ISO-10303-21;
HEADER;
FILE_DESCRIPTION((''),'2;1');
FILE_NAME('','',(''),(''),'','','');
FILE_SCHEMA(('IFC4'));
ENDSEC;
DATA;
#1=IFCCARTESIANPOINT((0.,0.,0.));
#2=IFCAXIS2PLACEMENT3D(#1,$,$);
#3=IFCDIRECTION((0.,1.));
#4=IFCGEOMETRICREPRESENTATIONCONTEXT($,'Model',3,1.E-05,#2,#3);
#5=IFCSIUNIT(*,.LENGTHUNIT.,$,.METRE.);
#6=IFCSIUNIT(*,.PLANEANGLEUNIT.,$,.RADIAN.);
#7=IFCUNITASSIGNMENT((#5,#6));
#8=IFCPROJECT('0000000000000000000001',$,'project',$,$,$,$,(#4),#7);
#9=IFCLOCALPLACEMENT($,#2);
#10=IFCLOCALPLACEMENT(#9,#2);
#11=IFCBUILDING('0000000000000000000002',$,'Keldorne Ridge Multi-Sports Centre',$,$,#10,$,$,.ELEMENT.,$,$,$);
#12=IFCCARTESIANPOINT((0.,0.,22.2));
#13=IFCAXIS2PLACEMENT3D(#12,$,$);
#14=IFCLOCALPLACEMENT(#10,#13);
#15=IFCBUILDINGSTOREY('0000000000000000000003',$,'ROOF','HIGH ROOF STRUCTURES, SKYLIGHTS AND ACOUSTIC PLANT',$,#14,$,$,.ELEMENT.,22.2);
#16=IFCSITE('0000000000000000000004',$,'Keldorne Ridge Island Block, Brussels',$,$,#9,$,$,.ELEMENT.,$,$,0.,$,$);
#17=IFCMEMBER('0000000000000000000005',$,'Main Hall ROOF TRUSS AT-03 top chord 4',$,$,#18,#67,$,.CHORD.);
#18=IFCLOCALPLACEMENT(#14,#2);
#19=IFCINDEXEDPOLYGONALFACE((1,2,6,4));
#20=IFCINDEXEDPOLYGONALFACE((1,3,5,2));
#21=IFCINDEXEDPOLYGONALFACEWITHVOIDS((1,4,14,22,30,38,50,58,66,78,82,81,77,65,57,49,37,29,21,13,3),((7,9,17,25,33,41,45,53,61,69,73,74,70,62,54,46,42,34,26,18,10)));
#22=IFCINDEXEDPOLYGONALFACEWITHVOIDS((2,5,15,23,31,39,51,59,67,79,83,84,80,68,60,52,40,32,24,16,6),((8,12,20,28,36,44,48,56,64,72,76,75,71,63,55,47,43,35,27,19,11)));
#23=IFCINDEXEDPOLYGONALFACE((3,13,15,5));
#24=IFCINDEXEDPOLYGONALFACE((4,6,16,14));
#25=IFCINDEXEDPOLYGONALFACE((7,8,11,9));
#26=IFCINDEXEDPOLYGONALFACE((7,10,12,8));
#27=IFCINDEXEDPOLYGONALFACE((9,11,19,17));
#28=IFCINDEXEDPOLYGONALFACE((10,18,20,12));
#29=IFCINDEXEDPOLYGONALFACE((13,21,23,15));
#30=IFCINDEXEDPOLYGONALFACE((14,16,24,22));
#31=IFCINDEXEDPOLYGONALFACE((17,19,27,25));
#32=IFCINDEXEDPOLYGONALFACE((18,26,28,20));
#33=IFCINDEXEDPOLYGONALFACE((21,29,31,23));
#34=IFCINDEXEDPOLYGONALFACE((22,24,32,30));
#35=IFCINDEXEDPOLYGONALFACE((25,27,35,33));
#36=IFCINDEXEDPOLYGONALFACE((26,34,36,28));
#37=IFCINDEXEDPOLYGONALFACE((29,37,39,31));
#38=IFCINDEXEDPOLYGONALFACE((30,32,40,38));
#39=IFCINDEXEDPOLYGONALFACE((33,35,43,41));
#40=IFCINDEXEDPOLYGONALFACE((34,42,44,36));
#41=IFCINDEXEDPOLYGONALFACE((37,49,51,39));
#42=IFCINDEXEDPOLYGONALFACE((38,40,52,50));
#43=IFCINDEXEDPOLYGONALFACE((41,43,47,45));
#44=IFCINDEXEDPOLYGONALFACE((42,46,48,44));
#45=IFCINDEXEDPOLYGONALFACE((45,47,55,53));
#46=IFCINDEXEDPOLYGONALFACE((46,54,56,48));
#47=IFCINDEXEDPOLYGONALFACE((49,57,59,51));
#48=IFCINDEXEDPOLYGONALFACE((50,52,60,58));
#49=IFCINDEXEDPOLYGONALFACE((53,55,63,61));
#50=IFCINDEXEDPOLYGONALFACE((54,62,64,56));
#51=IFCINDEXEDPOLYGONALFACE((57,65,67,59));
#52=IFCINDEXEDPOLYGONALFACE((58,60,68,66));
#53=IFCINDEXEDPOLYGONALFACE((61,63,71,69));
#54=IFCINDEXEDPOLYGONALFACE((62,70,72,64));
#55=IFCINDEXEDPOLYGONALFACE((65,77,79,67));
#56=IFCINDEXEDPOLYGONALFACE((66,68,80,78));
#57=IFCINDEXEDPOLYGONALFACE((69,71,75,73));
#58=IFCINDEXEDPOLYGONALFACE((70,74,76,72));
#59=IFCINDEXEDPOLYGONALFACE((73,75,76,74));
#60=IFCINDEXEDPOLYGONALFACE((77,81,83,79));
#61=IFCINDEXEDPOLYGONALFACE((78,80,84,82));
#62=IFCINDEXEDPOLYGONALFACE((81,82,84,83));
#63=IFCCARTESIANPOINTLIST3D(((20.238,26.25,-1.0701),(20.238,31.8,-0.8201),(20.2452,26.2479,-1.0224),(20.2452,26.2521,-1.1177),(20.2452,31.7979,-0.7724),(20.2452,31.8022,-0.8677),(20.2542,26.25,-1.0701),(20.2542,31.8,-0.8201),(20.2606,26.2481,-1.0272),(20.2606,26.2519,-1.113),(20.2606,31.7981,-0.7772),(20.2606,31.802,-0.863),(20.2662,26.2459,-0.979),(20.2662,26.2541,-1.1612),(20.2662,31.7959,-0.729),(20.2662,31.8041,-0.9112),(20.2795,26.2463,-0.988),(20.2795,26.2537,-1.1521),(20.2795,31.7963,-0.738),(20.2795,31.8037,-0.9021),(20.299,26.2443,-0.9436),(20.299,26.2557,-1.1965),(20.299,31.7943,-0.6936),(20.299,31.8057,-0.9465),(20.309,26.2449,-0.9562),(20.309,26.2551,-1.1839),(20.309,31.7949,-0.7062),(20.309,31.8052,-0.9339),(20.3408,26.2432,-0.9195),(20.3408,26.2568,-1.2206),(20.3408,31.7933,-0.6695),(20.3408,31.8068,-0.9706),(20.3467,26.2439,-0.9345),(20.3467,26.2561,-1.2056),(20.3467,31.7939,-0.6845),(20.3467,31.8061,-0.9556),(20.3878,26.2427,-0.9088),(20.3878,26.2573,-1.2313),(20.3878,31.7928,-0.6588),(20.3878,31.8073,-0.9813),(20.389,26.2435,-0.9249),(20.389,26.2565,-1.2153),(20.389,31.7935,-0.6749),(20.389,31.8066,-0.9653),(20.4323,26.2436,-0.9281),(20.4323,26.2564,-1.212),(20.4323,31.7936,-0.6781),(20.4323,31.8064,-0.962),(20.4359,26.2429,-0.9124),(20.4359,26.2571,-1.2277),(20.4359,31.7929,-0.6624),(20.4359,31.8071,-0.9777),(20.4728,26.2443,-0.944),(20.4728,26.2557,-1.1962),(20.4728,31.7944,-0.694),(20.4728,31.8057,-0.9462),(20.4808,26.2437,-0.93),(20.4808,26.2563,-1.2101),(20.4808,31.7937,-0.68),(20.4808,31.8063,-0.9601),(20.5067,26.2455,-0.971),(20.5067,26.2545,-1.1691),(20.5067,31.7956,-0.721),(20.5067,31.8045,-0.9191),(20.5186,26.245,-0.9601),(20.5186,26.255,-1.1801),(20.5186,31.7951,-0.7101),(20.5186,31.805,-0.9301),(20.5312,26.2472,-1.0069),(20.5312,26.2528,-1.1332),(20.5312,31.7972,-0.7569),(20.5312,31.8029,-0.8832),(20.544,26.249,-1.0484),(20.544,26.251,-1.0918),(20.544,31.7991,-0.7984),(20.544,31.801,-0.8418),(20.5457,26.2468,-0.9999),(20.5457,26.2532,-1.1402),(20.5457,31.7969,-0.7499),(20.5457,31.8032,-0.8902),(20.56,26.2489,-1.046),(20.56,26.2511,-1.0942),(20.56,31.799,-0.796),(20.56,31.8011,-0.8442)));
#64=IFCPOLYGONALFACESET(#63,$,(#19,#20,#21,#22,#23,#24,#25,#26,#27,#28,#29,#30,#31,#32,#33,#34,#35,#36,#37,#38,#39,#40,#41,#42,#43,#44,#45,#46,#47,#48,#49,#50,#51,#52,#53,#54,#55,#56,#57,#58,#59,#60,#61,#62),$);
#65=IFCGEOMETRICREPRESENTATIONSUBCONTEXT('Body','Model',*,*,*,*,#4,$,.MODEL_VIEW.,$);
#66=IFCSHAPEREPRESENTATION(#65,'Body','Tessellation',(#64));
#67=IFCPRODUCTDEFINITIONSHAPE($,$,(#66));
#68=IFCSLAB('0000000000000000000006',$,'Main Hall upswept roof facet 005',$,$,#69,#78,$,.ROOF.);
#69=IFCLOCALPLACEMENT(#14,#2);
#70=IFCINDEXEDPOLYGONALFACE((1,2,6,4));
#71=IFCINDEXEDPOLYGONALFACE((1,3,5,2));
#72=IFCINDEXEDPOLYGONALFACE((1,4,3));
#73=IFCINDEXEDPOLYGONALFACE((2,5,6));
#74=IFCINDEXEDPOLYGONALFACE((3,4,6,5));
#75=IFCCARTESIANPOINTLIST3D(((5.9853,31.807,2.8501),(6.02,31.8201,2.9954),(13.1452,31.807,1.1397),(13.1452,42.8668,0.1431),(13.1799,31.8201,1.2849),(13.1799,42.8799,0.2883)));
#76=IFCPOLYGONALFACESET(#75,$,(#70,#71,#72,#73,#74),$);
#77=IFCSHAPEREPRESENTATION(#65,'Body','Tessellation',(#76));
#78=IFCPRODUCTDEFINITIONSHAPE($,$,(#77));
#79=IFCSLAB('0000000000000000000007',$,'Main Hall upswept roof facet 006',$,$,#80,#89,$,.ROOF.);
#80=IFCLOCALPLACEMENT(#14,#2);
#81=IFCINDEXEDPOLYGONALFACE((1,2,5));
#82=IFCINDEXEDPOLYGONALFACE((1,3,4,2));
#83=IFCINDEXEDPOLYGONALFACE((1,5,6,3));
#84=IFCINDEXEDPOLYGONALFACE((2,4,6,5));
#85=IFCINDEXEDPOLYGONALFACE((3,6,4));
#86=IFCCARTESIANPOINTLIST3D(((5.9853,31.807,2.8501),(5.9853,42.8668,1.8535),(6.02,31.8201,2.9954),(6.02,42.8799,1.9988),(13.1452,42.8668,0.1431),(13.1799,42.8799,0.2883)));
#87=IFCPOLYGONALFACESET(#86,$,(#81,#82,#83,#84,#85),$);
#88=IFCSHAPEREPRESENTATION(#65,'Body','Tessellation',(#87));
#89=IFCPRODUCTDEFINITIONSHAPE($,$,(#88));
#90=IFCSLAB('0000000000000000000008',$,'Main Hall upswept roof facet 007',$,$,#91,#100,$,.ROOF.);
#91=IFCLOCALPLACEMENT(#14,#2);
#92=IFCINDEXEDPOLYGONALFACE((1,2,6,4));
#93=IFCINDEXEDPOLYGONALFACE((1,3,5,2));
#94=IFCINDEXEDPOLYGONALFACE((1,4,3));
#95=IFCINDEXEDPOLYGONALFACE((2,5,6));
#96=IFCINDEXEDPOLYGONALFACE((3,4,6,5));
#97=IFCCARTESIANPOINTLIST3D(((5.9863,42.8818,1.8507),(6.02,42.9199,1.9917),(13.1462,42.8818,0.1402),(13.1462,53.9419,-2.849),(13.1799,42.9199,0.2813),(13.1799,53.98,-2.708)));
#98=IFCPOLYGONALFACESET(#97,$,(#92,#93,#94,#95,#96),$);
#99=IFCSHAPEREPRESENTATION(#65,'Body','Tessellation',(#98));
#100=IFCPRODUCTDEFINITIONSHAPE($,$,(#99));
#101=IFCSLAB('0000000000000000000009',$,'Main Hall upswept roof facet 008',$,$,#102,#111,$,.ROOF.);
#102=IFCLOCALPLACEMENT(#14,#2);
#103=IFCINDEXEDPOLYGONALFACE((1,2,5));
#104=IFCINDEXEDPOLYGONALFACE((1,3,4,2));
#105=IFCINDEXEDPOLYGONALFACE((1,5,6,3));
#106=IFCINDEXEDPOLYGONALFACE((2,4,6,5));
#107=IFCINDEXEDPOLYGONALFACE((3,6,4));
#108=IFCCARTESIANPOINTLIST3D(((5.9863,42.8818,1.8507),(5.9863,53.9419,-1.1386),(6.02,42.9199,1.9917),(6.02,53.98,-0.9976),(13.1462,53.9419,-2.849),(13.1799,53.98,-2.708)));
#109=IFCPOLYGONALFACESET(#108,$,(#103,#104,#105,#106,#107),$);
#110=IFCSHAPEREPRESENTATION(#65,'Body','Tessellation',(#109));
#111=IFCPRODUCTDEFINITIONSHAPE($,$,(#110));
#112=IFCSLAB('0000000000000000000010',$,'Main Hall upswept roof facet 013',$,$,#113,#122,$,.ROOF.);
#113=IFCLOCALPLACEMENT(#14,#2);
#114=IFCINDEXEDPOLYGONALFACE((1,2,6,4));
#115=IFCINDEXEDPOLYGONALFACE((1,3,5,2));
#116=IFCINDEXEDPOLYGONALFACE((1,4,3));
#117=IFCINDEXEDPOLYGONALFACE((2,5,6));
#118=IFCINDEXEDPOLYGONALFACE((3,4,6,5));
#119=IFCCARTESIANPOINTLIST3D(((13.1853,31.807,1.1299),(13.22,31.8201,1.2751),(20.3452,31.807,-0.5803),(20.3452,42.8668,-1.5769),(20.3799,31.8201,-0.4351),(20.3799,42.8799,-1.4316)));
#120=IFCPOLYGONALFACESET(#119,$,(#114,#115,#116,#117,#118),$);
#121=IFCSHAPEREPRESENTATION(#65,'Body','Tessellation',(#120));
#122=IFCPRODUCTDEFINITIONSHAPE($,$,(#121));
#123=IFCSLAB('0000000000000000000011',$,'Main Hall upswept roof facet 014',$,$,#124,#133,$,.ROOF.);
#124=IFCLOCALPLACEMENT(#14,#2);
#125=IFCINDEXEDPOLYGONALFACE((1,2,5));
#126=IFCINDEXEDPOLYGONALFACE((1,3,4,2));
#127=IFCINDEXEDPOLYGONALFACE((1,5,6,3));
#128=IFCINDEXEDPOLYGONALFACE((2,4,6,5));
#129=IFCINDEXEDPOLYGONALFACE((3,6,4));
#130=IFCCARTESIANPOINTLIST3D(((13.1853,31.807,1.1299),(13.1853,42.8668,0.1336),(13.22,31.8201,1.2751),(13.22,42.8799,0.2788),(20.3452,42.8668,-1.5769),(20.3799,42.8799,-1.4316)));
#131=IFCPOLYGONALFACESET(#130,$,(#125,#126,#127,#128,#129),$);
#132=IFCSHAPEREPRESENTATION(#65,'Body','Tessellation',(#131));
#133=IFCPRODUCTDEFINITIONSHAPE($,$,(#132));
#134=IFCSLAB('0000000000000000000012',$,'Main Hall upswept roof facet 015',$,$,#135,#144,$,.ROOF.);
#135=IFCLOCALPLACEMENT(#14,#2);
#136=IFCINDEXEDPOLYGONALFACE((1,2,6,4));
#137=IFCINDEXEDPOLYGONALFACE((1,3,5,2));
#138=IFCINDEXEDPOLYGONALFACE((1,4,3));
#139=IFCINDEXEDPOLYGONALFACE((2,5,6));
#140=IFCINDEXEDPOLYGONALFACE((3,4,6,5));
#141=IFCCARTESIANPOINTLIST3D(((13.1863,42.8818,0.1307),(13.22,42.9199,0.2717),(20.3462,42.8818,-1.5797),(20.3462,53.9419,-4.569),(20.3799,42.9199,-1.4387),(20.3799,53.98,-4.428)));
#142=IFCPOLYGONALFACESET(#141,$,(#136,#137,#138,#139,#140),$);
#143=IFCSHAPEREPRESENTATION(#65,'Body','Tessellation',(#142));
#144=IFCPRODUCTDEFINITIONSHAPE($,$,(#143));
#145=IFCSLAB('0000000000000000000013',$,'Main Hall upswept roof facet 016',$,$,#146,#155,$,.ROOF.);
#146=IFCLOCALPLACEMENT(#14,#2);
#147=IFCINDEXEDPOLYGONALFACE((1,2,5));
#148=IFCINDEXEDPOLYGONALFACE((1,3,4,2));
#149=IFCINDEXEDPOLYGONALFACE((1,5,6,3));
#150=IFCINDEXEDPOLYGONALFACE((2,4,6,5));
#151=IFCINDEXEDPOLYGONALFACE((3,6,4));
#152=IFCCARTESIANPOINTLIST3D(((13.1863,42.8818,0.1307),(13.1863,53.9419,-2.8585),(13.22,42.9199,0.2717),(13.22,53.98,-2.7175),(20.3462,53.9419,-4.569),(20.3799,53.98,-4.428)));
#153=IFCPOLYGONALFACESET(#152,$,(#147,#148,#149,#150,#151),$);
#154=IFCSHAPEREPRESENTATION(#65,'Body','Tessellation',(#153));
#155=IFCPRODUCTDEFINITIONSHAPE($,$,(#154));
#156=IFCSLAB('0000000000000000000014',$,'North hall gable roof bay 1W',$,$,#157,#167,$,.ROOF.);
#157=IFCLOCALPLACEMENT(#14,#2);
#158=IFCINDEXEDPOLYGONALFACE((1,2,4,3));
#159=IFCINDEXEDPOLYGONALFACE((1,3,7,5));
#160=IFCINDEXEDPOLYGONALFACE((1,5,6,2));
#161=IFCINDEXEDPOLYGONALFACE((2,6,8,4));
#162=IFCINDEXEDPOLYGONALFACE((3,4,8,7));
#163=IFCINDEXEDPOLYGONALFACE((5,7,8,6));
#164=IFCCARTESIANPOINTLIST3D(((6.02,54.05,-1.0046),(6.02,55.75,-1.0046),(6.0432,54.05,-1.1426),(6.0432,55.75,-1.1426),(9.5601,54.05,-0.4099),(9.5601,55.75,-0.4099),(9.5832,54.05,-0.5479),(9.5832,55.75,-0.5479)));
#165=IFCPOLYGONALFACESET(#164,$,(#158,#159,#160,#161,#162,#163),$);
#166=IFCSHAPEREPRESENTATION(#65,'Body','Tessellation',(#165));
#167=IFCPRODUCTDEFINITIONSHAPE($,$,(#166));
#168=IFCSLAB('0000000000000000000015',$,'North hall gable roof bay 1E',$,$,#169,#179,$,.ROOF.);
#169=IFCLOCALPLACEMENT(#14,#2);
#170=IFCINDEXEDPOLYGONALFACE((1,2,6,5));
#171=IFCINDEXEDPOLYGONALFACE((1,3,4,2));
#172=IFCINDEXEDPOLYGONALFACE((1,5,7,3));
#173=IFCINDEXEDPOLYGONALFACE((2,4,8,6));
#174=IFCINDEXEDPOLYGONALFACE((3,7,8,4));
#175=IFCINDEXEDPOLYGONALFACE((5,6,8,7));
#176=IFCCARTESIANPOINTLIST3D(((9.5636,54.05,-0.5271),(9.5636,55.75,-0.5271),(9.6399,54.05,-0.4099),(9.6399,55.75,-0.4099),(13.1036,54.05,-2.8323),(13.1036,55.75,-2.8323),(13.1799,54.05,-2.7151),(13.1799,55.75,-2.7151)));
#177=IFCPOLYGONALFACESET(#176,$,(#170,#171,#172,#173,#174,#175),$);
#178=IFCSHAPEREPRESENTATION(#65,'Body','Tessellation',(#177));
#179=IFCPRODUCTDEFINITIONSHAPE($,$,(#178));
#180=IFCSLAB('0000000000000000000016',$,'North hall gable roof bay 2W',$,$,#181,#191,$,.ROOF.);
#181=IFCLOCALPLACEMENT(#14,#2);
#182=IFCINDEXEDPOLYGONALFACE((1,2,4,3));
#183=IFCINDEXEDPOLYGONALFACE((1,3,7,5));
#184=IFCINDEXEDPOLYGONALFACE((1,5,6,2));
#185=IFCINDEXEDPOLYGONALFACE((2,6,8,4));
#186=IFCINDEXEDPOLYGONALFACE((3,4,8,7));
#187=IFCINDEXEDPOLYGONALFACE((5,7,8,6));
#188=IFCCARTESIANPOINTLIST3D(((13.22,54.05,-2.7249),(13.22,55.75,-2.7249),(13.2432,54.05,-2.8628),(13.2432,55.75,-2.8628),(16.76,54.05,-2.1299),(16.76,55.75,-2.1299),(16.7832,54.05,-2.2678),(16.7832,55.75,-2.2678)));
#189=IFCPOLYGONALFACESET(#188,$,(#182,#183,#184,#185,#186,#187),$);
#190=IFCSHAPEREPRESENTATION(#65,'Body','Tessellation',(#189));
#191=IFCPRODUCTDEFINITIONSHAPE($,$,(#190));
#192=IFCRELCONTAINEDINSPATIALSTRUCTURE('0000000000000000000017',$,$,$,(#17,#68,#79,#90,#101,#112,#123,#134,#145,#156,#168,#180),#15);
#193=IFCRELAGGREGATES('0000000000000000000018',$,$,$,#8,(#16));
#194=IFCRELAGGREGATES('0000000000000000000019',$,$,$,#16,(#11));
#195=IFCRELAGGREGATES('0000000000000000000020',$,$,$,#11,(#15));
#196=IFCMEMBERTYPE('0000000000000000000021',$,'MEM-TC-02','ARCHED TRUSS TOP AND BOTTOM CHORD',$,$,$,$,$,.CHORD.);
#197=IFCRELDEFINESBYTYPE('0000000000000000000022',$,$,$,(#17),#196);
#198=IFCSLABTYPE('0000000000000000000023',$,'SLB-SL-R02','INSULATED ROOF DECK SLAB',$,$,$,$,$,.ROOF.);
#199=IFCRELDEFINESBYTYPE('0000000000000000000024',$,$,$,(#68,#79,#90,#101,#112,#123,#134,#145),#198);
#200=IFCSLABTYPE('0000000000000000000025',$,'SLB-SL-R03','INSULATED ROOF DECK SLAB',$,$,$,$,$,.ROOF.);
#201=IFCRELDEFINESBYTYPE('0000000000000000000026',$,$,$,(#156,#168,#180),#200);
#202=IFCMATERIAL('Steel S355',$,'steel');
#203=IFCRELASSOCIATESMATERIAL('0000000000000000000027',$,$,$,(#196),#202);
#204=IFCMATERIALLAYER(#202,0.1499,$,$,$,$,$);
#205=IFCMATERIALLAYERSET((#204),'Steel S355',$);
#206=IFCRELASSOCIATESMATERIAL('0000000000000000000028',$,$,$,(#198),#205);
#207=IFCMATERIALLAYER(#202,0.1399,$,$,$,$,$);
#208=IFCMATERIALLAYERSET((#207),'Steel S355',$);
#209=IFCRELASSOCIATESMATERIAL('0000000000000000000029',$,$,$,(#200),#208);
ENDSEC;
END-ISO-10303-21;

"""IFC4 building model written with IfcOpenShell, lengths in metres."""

from ifc_helpers import new_model, si_unit, direction, frame, origin, origin_2d, place, context, subcontext, project, spatial, polyline, hollow_circle, outline, extrude, material, layer, layer_set, material_profile, profile_set, type_object, element, save


model = new_model("IFC4")

# Units and contexts
model_context = context("Model", 3, precision=1e-05, world=origin(), true_north=direction((0.0, 1.0)))
body_context = subcontext(model_context, "Body", "Model", "MODEL_VIEW")
ifc_project = project(units=[si_unit("LENGTHUNIT", "METRE"), si_unit("PLANEANGLEUNIT", "RADIAN")], contexts=[model_context])

# Site, building, storey
site_placement = place(None, origin())
site = spatial("IfcSite", under=ifc_project, at=site_placement, Name="Keldorne Ridge Island Block, Brussels", CompositionType="ELEMENT", RefElevation=0.0)
building_placement = place(site_placement, origin())
building = spatial("IfcBuilding", under=site, at=building_placement, Name="Keldorne Ridge Multi-Sports Centre", CompositionType="ELEMENT")
storey_placement = place(building_placement, frame((0.0, 0.0, 22.2)))
storey = spatial("IfcBuildingStorey", under=building, at=storey_placement, Name="ROOF", Description="HIGH ROOF STRUCTURES, SKYLIGHTS AND ACOUSTIC PLANT", CompositionType="ELEMENT", Elevation=22.2)

# Member
ifc_material = material(Name="Steel S355", Category="steel")
ifc_material_profile_1 = material_profile(ifc_material, hollow_circle(Radius=0.1619, WallThickness=0.0161, at=origin_2d()), Name="CHS 323.9x16")
ifc_profile_set_1 = profile_set([ifc_material_profile_1], Name="Steel S355")
member_type_1 = type_object("IfcMemberType", Name="MEM-TC-02", Description="ARCHED TRUSS TOP AND BOTTOM CHORD", PredefinedType="CHORD", material=ifc_profile_set_1)
member_1_placement = place(storey_placement, frame((20.3999, 26.25, -1.0701), z_axis=(0.0, 0.998987, 0.044999), x_axis=(-1.0, 0.0, 0.0)))
element("IfcMember", 1, at=member_1_placement, inside=storey, type_object=member_type_1, Name="Main Hall ROOF TRUSS AT-03 top chord 4", PredefinedType="CHORD", context=body_context, shape_type="SweptSolid", body=[
    extrude(hollow_circle(Radius=0.1619, WallThickness=0.0161, at=origin_2d()), origin(), (0.0, 0.0, 1.0), 5.5557),
])

# Slabs
ifc_layer_1 = layer(ifc_material, 0.1499)
ifc_layer_set_1 = layer_set([ifc_layer_1], Name="Steel S355")
slab_type_1 = type_object("IfcSlabType", Name="SLB-SL-R02", Description="INSULATED ROOF DECK SLAB", PredefinedType="ROOF", material=ifc_layer_set_1)
slab_1_placement = place(storey_placement, frame((6.02, 31.8201, 2.9954), z_axis=(0.231467, 0.087308, 0.968917), x_axis=(0.972631, 0.0, -0.232354)))
element("IfcSlab", 2, at=slab_1_placement, inside=storey, type_object=slab_type_1, Name="Main Hall upswept roof facet 005", PredefinedType="ROOF", context=body_context, shape_type="SweptSolid", body=[
    extrude(outline(polyline([(0.0, 0.0), (7.3614, 0.0), (7.5929, 11.1022), (0.0, 0.0)])), origin(), (0.0, 0.0, -1.0), 0.1499),
])
slab_2_placement = place(storey_placement, frame((6.02, 31.8201, 2.9954), z_axis=(0.231467, 0.087308, 0.968917), x_axis=(0.532322, 0.82227, -0.201261)))
element("IfcSlab", 3, at=slab_2_placement, inside=storey, type_object=slab_type_1, Name="Main Hall upswept roof facet 006", PredefinedType="ROOF", context=body_context, shape_type="SweptSolid", body=[
    extrude(outline(polyline([(0.0, 0.0), (13.4503, 0.0), (9.2947, 6.0762), (0.0, 0.0)])), origin(), (0.0, 0.0, -1.0), 0.1499),
])
slab_3_placement = place(storey_placement, frame((6.02, 42.9199, 1.9917), z_axis=(0.224719, 0.25424, 0.940672), x_axis=(0.972631, 0.0, -0.232354)))
element("IfcSlab", 4, at=slab_3_placement, inside=storey, type_object=slab_type_1, Name="Main Hall upswept roof facet 007", PredefinedType="ROOF", context=body_context, shape_type="SweptSolid", body=[
    extrude(outline(polyline([(0.0, 0.0), (7.3614, 0.0), (8.056, 11.4358), (0.0, 0.0)])), origin(), (0.0, 0.0, -1.0), 0.1499),
])
slab_4_placement = place(storey_placement, frame((6.02, 42.9199, 1.9917), z_axis=(0.224719, 0.25424, 0.940672), x_axis=(0.511845, 0.790657, -0.335971)))
element("IfcSlab", 5, at=slab_4_placement, inside=storey, type_object=slab_type_1, Name="Main Hall upswept roof facet 008", PredefinedType="ROOF", context=body_context, shape_type="SweptSolid", body=[
    extrude(outline(polyline([(0.0, 0.0), (13.9884, 0.0), (9.749, 6.0181), (0.0, 0.0)])), origin(), (0.0, 0.0, -1.0), 0.1499),
])
slab_5_placement = place(storey_placement, frame((13.22, 31.8201, 1.2751), z_axis=(0.231436, 0.087308, 0.968925), x_axis=(0.972639, 0.0, -0.232323)))
element("IfcSlab", 6, at=slab_5_placement, inside=storey, type_object=slab_type_1, Name="Main Hall upswept roof facet 013", PredefinedType="ROOF", context=body_context, shape_type="SweptSolid", body=[
    extrude(outline(polyline([(0.0, 0.0), (7.3613, 0.0), (7.5929, 11.1022), (0.0, 0.0)])), origin(), (0.0, 0.0, -1.0), 0.1499),
])
slab_6_placement = place(storey_placement, frame((13.22, 31.8201, 1.2751), z_axis=(0.231467, 0.087286, 0.968919), x_axis=(0.532324, 0.822273, -0.201244)))
element("IfcSlab", 7, at=slab_6_placement, inside=storey, type_object=slab_type_1, Name="Main Hall upswept roof facet 014", PredefinedType="ROOF", context=body_context, shape_type="SweptSolid", body=[
    extrude(outline(polyline([(0.0, 0.0), (13.4503, 0.0), (9.2947, 6.0763), (0.0, 0.0)])), origin(), (0.0, 0.0, -1.0), 0.1499),
])
slab_7_placement = place(storey_placement, frame((13.22, 42.9199, 0.2717), z_axis=(0.224719, 0.25424, 0.940672), x_axis=(0.972631, 0.0, -0.232354)))
element("IfcSlab", 8, at=slab_7_placement, inside=storey, type_object=slab_type_1, Name="Main Hall upswept roof facet 015", PredefinedType="ROOF", context=body_context, shape_type="SweptSolid", body=[
    extrude(outline(polyline([(0.0, 0.0), (7.3614, 0.0), (8.056, 11.4358), (0.0, 0.0)])), origin(), (0.0, 0.0, -1.0), 0.1499),
])
slab_8_placement = place(storey_placement, frame((13.22, 42.9199, 0.2717), z_axis=(0.224719, 0.25424, 0.940672), x_axis=(0.511845, 0.790657, -0.335971)))
element("IfcSlab", 9, at=slab_8_placement, inside=storey, type_object=slab_type_1, Name="Main Hall upswept roof facet 016", PredefinedType="ROOF", context=body_context, shape_type="SweptSolid", body=[
    extrude(outline(polyline([(0.0, 0.0), (13.9884, 0.0), (9.749, 6.0181), (0.0, 0.0)])), origin(), (0.0, 0.0, -1.0), 0.1499),
])
ifc_layer_2 = layer(ifc_material, 0.1399)
ifc_layer_set_2 = layer_set([ifc_layer_2], Name="Steel S355")
slab_type_2 = type_object("IfcSlabType", Name="SLB-SL-R03", Description="INSULATED ROOF DECK SLAB", PredefinedType="ROOF", material=ifc_layer_set_2)
slab_9_placement = place(storey_placement, frame((6.02, 54.05, -1.0046), z_axis=(-0.165678, 0.0, 0.98618), x_axis=(0.98618, 0.0, 0.165678)))
element("IfcSlab", 10, at=slab_9_placement, inside=storey, type_object=slab_type_2, Name="North hall gable roof bay 1W", PredefinedType="ROOF", context=body_context, shape_type="SweptSolid", body=[
    extrude(outline(polyline([(0.0, 0.0), (3.5896, 0.0), (3.5896, 1.7), (0.0, 1.7), (0.0, 0.0)])), origin(), (0.0, 0.0, -1.0), 0.1399),
])
slab_10_placement = place(storey_placement, frame((9.6399, 54.05, -0.4099), z_axis=(0.545679, 0.0, 0.837994), x_axis=(0.837994, 0.0, -0.545679)))
element("IfcSlab", 11, at=slab_10_placement, inside=storey, type_object=slab_type_2, Name="North hall gable roof bay 1E", PredefinedType="ROOF", context=body_context, shape_type="SweptSolid", body=[
    extrude(outline(polyline([(0.0, 0.0), (4.2244, 0.0), (4.2244, 1.7), (0.0, 1.7), (0.0, 0.0)])), origin(), (0.0, 0.0, -1.0), 0.1399),
])
slab_11_placement = place(storey_placement, frame((13.22, 54.05, -2.7249), z_axis=(-0.165744, 0.0, 0.986169), x_axis=(0.986169, 0.0, 0.165744)))
element("IfcSlab", 12, at=slab_11_placement, inside=storey, type_object=slab_type_2, Name="North hall gable roof bay 2W", PredefinedType="ROOF", context=body_context, shape_type="SweptSolid", body=[
    extrude(outline(polyline([(0.0, 0.0), (3.5897, 0.0), (3.5897, 1.7), (0.0, 1.7), (0.0, 0.0)])), origin(), (0.0, 0.0, -1.0), 0.1399),
])

save(model, "model.ifc")
